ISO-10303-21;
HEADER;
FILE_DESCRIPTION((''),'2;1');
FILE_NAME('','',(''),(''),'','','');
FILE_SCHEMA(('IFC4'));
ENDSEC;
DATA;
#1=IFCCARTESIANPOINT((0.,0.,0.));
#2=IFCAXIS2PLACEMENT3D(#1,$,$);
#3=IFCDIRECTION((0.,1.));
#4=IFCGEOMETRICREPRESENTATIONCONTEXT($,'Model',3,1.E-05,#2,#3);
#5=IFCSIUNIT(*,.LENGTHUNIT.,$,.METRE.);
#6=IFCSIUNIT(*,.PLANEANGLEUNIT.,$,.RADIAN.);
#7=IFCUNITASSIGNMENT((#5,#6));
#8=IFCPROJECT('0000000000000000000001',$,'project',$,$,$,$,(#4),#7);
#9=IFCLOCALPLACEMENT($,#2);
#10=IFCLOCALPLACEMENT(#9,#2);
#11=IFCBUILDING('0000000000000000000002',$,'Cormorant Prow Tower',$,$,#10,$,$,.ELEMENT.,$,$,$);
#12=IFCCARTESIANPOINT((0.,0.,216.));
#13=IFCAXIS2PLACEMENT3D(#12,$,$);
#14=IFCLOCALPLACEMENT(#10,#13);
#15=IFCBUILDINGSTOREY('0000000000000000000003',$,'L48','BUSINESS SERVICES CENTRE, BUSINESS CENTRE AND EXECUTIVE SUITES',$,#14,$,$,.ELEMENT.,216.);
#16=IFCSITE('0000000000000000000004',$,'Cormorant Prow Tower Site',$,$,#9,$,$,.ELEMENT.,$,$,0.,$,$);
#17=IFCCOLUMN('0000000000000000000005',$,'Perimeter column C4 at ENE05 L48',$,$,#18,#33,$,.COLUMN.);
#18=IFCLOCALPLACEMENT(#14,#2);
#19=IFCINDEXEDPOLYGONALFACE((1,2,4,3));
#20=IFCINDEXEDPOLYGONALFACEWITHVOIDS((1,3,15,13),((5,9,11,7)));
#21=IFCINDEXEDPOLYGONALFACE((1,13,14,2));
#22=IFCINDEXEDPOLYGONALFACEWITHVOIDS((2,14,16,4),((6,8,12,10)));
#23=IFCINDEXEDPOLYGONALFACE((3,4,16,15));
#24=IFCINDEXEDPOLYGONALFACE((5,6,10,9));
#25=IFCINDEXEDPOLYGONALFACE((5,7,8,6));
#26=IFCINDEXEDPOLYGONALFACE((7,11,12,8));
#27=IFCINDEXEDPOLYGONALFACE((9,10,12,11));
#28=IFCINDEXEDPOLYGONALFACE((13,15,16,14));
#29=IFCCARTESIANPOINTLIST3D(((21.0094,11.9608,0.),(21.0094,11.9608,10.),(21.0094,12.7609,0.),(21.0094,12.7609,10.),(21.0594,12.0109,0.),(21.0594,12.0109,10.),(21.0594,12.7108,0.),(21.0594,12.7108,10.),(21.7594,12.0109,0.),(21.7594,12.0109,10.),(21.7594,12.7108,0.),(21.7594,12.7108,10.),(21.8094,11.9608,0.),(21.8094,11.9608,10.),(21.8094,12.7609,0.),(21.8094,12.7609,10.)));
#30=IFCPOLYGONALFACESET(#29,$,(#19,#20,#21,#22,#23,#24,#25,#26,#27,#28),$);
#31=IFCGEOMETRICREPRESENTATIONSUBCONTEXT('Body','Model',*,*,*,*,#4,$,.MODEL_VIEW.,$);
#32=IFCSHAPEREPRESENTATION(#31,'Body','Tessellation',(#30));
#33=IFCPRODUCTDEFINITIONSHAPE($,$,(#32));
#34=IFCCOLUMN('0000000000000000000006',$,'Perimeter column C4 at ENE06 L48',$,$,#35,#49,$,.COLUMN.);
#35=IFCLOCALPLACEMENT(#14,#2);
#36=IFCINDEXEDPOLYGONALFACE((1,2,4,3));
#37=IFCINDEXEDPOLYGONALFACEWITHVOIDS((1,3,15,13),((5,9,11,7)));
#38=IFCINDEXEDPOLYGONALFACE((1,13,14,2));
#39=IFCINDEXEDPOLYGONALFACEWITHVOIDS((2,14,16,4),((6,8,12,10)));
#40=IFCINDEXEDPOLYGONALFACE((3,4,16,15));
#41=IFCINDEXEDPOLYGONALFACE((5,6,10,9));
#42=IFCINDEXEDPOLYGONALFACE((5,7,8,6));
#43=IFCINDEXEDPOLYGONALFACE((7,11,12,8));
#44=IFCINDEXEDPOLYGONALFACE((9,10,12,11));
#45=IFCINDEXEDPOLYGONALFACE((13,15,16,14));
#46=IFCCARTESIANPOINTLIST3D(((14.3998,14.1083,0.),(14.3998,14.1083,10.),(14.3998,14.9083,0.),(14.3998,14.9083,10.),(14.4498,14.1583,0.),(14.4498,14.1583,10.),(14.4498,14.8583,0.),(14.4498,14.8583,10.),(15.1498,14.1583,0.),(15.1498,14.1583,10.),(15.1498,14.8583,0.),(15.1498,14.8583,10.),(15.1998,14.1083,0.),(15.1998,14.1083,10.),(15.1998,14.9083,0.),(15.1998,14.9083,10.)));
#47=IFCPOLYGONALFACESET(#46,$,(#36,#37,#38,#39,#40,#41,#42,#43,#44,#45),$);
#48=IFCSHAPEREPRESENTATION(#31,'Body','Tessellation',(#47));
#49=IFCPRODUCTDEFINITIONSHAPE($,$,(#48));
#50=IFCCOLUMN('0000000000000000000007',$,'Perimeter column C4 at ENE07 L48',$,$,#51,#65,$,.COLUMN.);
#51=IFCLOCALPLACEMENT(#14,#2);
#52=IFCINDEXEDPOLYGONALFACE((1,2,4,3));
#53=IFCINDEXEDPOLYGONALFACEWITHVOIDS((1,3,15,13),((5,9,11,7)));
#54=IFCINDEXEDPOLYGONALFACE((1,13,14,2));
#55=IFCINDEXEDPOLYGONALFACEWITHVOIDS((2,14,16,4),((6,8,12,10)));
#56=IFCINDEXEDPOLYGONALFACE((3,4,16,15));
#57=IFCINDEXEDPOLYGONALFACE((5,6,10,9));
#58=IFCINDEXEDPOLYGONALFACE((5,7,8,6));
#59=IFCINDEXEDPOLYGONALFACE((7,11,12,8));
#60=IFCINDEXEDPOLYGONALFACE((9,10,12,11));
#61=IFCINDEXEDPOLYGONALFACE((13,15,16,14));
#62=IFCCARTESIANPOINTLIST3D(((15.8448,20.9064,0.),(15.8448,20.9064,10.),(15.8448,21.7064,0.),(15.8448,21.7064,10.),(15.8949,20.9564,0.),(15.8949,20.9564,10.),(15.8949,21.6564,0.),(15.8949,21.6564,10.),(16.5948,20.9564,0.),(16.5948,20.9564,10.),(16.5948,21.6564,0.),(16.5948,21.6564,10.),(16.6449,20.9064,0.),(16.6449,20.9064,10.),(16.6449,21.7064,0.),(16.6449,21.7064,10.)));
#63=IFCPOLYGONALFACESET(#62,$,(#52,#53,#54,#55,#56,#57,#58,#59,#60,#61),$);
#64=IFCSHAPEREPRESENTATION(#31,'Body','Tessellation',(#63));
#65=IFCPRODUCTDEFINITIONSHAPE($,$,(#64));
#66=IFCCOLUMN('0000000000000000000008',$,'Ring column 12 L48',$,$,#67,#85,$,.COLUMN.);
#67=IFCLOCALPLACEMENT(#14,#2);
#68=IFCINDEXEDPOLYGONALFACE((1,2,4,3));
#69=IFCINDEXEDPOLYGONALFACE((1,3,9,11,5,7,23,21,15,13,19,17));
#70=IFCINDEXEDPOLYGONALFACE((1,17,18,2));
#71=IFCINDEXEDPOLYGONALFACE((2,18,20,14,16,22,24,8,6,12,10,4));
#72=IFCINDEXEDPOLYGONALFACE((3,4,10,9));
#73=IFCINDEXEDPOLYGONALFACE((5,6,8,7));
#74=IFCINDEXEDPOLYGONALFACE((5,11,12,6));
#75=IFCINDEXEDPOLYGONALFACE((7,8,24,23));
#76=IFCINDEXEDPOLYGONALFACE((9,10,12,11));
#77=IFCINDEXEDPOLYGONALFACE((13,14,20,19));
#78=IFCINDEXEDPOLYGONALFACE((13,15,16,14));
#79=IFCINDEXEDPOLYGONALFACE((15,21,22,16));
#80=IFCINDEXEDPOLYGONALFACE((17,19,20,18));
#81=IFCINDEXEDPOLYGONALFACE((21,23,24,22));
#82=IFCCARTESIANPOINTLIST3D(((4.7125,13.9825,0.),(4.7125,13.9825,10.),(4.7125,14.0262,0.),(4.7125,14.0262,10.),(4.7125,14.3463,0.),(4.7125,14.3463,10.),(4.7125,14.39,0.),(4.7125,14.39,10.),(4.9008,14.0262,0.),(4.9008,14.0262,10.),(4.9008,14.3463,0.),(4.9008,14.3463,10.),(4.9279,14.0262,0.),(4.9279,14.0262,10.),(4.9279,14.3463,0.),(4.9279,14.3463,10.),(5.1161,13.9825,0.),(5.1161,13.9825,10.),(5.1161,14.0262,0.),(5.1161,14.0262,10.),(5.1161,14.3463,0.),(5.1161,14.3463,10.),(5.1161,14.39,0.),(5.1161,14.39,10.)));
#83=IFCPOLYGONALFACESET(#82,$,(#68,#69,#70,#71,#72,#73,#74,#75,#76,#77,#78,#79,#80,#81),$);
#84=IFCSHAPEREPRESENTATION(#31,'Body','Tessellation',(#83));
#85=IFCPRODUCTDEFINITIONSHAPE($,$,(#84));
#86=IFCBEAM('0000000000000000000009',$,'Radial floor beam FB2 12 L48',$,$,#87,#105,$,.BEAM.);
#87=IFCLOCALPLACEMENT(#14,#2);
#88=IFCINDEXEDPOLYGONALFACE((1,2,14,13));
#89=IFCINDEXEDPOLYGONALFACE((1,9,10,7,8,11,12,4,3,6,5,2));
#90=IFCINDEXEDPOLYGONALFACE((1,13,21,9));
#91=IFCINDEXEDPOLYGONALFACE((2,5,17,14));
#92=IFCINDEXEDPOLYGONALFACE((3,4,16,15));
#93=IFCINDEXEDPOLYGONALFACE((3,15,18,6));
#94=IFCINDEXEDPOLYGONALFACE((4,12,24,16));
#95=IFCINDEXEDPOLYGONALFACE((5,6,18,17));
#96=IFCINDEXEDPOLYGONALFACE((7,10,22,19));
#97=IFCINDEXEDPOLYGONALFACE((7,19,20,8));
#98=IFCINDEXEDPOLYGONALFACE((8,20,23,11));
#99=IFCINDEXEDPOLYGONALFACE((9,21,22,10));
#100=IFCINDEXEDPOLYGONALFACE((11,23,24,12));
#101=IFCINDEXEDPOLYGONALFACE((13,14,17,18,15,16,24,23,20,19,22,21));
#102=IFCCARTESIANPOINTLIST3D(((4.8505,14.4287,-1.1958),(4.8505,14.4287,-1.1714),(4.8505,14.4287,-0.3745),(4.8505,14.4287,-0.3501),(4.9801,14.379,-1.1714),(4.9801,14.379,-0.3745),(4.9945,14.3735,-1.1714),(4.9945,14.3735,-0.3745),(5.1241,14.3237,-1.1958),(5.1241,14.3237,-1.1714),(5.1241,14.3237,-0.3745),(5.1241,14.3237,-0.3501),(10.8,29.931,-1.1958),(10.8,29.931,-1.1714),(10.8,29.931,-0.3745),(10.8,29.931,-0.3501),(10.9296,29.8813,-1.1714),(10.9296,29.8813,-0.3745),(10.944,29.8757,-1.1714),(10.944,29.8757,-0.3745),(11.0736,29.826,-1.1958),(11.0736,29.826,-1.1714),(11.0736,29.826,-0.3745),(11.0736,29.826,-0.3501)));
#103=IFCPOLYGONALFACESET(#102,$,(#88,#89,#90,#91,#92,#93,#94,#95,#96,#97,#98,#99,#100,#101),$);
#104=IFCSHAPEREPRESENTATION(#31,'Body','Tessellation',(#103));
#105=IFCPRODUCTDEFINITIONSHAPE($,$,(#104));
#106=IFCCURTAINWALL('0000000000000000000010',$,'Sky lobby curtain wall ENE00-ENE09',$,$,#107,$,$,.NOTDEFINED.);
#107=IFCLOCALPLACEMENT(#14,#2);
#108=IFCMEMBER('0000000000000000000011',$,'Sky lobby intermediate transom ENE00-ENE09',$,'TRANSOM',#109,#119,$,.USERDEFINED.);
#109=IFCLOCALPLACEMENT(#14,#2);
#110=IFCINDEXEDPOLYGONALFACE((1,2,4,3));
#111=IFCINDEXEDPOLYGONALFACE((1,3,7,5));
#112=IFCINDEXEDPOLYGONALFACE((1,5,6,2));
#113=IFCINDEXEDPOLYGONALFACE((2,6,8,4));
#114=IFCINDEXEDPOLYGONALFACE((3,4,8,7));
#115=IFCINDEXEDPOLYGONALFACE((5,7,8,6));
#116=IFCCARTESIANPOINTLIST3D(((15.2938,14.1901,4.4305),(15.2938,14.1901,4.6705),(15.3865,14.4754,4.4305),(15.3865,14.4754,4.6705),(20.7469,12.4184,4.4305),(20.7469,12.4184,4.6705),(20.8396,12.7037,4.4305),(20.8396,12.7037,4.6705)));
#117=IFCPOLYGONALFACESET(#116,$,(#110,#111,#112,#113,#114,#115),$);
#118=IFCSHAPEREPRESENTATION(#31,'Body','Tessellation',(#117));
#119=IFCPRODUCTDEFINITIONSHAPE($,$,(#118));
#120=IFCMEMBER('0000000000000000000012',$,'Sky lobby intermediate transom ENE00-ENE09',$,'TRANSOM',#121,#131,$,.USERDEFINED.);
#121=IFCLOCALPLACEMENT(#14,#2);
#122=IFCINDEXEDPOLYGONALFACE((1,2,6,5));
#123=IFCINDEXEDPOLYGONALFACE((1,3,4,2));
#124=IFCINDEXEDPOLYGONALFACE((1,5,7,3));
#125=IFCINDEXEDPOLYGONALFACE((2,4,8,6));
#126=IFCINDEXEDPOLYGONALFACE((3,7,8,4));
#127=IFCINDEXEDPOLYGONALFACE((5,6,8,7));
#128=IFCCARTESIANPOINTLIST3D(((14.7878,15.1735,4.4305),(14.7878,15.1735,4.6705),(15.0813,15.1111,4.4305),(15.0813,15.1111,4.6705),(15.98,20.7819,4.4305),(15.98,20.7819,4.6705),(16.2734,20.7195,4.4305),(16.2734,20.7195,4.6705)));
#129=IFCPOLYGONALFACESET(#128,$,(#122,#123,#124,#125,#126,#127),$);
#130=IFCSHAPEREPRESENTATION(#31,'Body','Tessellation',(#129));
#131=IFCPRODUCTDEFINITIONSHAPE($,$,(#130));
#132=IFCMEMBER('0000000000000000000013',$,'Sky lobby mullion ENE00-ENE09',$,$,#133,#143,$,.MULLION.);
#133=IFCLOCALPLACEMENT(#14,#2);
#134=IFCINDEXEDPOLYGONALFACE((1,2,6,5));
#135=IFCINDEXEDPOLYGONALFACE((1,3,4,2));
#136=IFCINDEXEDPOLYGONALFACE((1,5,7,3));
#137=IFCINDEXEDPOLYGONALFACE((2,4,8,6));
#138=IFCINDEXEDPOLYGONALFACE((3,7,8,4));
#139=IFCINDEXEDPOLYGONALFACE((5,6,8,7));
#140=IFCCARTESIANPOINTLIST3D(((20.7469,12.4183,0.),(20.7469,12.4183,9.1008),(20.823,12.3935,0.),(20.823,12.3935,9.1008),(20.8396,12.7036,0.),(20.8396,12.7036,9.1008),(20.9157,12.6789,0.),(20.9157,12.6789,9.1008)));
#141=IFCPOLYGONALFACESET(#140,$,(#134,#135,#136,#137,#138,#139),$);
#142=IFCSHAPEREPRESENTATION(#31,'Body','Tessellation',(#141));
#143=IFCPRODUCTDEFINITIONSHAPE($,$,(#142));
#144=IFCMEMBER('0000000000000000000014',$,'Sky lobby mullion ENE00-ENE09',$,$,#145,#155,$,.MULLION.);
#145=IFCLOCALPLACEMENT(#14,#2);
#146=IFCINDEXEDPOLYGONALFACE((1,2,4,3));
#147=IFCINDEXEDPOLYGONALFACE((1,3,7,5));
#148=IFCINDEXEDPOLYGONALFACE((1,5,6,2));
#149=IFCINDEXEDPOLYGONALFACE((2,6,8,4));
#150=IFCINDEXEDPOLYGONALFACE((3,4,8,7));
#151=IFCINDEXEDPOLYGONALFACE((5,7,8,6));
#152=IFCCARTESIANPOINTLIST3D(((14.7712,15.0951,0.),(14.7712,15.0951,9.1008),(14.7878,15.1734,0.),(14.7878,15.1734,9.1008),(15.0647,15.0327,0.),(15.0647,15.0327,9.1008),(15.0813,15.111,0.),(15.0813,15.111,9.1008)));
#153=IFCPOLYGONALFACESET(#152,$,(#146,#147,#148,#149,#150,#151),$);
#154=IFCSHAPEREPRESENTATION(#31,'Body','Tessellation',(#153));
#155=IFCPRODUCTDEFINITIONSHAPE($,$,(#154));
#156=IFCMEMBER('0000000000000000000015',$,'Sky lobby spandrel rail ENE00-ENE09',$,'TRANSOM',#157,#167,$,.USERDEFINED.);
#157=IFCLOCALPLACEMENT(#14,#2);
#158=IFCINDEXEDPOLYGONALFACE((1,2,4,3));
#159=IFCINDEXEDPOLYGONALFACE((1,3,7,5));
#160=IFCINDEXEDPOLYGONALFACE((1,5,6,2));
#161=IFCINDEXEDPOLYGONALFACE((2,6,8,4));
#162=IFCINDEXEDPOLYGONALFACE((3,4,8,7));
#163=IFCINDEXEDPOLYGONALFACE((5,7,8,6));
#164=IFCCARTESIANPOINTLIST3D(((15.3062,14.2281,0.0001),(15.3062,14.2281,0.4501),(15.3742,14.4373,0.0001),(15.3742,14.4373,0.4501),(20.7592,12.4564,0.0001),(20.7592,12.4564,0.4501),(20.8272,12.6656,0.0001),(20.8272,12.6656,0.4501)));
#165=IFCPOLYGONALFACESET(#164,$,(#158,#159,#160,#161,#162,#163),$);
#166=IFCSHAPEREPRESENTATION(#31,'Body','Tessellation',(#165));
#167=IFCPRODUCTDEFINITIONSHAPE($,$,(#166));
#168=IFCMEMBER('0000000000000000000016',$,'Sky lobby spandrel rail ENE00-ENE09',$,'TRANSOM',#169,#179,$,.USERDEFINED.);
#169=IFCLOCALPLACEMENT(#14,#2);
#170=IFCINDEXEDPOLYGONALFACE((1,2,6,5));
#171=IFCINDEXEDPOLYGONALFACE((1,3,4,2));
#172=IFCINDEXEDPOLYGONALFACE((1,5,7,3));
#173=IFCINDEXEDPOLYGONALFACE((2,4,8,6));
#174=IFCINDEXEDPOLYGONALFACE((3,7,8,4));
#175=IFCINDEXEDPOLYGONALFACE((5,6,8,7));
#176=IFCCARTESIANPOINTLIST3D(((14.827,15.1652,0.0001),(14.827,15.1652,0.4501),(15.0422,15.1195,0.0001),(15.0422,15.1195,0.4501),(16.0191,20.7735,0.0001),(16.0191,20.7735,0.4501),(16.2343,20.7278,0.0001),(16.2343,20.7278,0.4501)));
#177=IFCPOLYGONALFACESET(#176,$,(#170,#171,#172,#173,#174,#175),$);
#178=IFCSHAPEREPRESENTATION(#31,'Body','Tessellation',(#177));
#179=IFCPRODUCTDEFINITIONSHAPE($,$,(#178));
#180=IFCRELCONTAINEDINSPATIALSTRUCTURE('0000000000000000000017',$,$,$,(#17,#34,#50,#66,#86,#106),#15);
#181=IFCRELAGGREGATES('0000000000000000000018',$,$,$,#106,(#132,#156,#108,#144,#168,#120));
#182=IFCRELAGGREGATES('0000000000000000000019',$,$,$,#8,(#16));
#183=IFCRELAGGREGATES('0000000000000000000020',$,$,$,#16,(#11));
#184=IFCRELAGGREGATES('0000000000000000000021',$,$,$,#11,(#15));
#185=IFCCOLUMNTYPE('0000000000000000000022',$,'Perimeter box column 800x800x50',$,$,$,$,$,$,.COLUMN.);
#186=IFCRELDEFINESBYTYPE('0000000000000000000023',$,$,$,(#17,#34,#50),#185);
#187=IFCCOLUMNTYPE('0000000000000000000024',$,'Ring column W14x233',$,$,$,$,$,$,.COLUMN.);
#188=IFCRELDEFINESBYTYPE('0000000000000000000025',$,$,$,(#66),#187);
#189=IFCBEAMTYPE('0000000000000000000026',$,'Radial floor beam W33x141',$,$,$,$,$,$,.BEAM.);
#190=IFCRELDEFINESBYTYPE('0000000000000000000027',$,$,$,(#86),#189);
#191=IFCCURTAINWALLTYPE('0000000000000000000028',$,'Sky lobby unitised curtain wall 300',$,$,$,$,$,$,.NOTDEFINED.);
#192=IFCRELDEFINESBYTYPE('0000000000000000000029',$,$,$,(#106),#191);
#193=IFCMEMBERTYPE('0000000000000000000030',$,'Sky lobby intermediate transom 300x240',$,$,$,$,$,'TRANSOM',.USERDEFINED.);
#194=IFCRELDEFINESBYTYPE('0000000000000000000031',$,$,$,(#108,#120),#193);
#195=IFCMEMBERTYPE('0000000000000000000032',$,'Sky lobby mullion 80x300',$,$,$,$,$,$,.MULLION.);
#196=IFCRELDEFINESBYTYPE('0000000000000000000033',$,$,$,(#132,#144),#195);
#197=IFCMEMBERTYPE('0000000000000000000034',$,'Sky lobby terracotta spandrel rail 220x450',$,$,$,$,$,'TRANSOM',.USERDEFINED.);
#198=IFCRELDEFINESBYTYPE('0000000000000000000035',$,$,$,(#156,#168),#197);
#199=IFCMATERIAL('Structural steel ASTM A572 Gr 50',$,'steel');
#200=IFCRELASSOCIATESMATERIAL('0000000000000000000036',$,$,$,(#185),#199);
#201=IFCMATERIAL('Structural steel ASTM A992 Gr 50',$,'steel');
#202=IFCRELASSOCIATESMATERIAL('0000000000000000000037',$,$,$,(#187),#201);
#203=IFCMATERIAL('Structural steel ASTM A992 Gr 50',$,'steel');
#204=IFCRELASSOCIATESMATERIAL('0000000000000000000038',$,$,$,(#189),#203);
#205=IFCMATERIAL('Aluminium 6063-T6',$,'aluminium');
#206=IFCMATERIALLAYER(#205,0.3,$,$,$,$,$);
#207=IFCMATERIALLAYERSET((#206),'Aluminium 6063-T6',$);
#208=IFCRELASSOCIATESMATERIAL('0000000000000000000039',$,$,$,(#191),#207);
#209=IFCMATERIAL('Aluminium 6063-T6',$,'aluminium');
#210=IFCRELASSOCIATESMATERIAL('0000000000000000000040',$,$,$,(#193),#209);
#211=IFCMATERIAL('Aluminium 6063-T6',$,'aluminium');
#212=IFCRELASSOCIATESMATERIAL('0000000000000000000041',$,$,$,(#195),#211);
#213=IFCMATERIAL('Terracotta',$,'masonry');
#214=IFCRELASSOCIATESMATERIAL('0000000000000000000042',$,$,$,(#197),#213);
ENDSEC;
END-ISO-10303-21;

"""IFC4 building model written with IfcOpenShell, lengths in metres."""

from ifc_helpers import new_model, si_unit, direction, frame, origin, origin_2d, place, context, subcontext, project, spatial, rectangle, hollow_rectangle, i_section, extrude, material, layer, layer_set, material_profile, profile_set, type_object, element, aggregate, save


model = new_model("IFC4")

# Units and contexts
model_context = context("Model", 3, precision=1e-05, world=origin(), true_north=direction((0.0, 1.0)))
body_context = subcontext(model_context, "Body", "Model", "MODEL_VIEW")
ifc_project = project(units=[si_unit("LENGTHUNIT", "METRE"), si_unit("PLANEANGLEUNIT", "RADIAN")], contexts=[model_context])

# Site, building, storey
site_placement = place(None, origin())
site = spatial("IfcSite", under=ifc_project, at=site_placement, Name="Cormorant Prow Tower Site", CompositionType="ELEMENT", RefElevation=0.0)
building_placement = place(site_placement, origin())
building = spatial("IfcBuilding", under=site, at=building_placement, Name="Cormorant Prow Tower", CompositionType="ELEMENT")
storey_placement = place(building_placement, frame((0.0, 0.0, 216.0)))
storey = spatial("IfcBuildingStorey", under=building, at=storey_placement, Name="L48", Description="BUSINESS SERVICES CENTRE, BUSINESS CENTRE AND EXECUTIVE SUITES", CompositionType="ELEMENT", Elevation=216.0)

# Columns
ifc_material_1 = material(Name="Structural steel ASTM A572 Gr 50", Category="steel")
ifc_material_profile_1 = material_profile(ifc_material_1, hollow_rectangle(XDim=0.8, YDim=0.8, WallThickness=0.05, at=origin_2d()), Name="Box 800x800x50")
ifc_profile_set_1 = profile_set([ifc_material_profile_1], Name="Structural steel ASTM A572 Gr 50")
column_type_1 = type_object("IfcColumnType", Name="Perimeter box column 800x800x50", PredefinedType="COLUMN", material=ifc_profile_set_1)
for number, where, z_axis, x_axis, name in (
    (1, (21.4094, 12.3608, 0.0), (0.0, 0.0, 1.0), (1.0, 0.0, 0.0), "Perimeter column C4 at ENE05 L48"),
    (2, (14.7998, 14.5083, 0.0), (0.0, 0.0, 1.0), (1.0, 0.0, 0.0), "Perimeter column C4 at ENE06 L48"),
    (3, (16.2449, 21.3064, 0.0), (0.0, 0.0, 1.0), (1.0, 0.0, 0.0), "Perimeter column C4 at ENE07 L48"),
):
    element("IfcColumn", number, at=place(storey_placement, frame(where, z_axis=z_axis, x_axis=x_axis)), inside=storey, type_object=column_type_1, Name=name, PredefinedType="COLUMN", context=body_context, shape_type="SweptSolid", body=[
        extrude(hollow_rectangle(XDim=0.8, YDim=0.8, WallThickness=0.05, at=origin_2d()), origin(), (0.0, 0.0, 1.0), 10.0),
    ])
ifc_material_2 = material(Name="Structural steel ASTM A992 Gr 50", Category="steel")
ifc_material_profile_2 = material_profile(ifc_material_2, i_section(OverallWidth=0.4036, OverallDepth=0.4075, WebThickness=0.0271, FlangeThickness=0.0437, at=origin_2d()), Name="W14x233")
ifc_profile_set_2 = profile_set([ifc_material_profile_2], Name="Structural steel ASTM A992 Gr 50")
column_type_2 = type_object("IfcColumnType", Name="Ring column W14x233", PredefinedType="COLUMN", material=ifc_profile_set_2)
column_placement = place(storey_placement, frame((4.9143, 14.1863, 0.0), z_axis=(0.0, 0.0, 1.0), x_axis=(1.0, 0.0, 0.0)))
element("IfcColumn", 4, at=column_placement, inside=storey, type_object=column_type_2, Name="Ring column 12 L48", PredefinedType="COLUMN", context=body_context, shape_type="SweptSolid", body=[
    extrude(i_section(OverallWidth=0.4036, OverallDepth=0.4075, WebThickness=0.0271, FlangeThickness=0.0437, at=origin_2d()), origin(), (0.0, 0.0, 1.0), 10.0),
])

# Beam
ifc_material_3 = material(Name="Structural steel ASTM A992 Gr 50", Category="steel")
ifc_material_profile_3 = material_profile(ifc_material_3, i_section(OverallWidth=0.293, OverallDepth=0.8457, WebThickness=0.0154, FlangeThickness=0.0244, at=origin_2d()), Name="W33x141")
ifc_profile_set_3 = profile_set([ifc_material_profile_3], Name="Structural steel ASTM A992 Gr 50")
beam_type_1 = type_object("IfcBeamType", Name="Radial floor beam W33x141", PredefinedType="BEAM", material=ifc_profile_set_3)
beam_1_placement = place(storey_placement, frame((4.9873, 14.3762, -0.7729), z_axis=(0.358301, 0.933606, 0.0), x_axis=(-0.933606, 0.358301, 0.0)))
element("IfcBeam", 5, at=beam_1_placement, inside=storey, type_object=beam_type_1, Name="Radial floor beam FB2 12 L48", PredefinedType="BEAM", context=body_context, shape_type="SweptSolid", body=[
    extrude(i_section(OverallWidth=0.293, OverallDepth=0.8457, WebThickness=0.0154, FlangeThickness=0.0244, at=origin_2d()), origin(), (0.0, 0.0, 1.0), 16.6047),
])

# Curtain wall, members
ifc_material_4 = material(Name="Aluminium 6063-T6", Category="aluminium")
ifc_layer_1 = layer(ifc_material_4, 0.3)
ifc_layer_set_1 = layer_set([ifc_layer_1], Name="Aluminium 6063-T6")
curtain_wall_type = type_object("IfcCurtainWallType", Name="Sky lobby unitised curtain wall 300", PredefinedType="NOTDEFINED", material=ifc_layer_set_1)
curtain_wall_placement = place(storey_placement, origin())
curtain_wall = element("IfcCurtainWall", 6, at=curtain_wall_placement, inside=storey, type_object=curtain_wall_type, Name="Sky lobby curtain wall ENE00-ENE09", PredefinedType="NOTDEFINED")
ifc_material_5 = material(Name="Aluminium 6063-T6", Category="aluminium")
ifc_material_profile_4 = material_profile(ifc_material_5, rectangle(XDim=0.3, YDim=0.24, at=origin_2d()), Name="Sky lobby intermediate transom 300x240")
ifc_profile_set_4 = profile_set([ifc_material_profile_4], Name="Aluminium 6063-T6")
member_type_1 = type_object("IfcMemberType", Name="Sky lobby intermediate transom 300x240", ElementType="TRANSOM", PredefinedType="USERDEFINED", material=ifc_profile_set_4)
member_1_placement = place(storey_placement, frame((20.7932, 12.561, 4.5505), z_axis=(-0.951062, 0.309001, 0.0), x_axis=(-0.309001, -0.951062, 0.0)))
member_1 = element("IfcMember", 7, at=member_1_placement, type_object=member_type_1, Name="Sky lobby intermediate transom ENE00-ENE09", ObjectType="TRANSOM", PredefinedType="USERDEFINED", context=body_context, shape_type="SweptSolid", body=[
    extrude(rectangle(XDim=0.3, YDim=0.24, at=origin_2d()), origin(), (0.0, 0.0, 1.0), 5.7336),
])
member_2_placement = place(storey_placement, frame((14.9346, 15.1423, 4.5505), z_axis=(0.207918, 0.978146, 0.0), x_axis=(-0.978146, 0.207918, 0.0)))
member_2 = element("IfcMember", 8, at=member_2_placement, type_object=member_type_1, Name="Sky lobby intermediate transom ENE00-ENE09", ObjectType="TRANSOM", PredefinedType="USERDEFINED", context=body_context, shape_type="SweptSolid", body=[
    extrude(rectangle(XDim=0.3, YDim=0.24, at=origin_2d()), origin(), (0.0, 0.0, 1.0), 5.7336),
])
ifc_material_6 = material(Name="Aluminium 6063-T6", Category="aluminium")
ifc_material_profile_5 = material_profile(ifc_material_6, rectangle(XDim=0.3, YDim=0.0801, at=origin_2d()), Name="Sky lobby mullion 80x300")
ifc_profile_set_5 = profile_set([ifc_material_profile_5], Name="Aluminium 6063-T6")
member_type_2 = type_object("IfcMemberType", Name="Sky lobby mullion 80x300", PredefinedType="MULLION", material=ifc_profile_set_5)
member_3_placement = place(storey_placement, frame((20.8313, 12.5486, 0.0), z_axis=(0.0, 0.0, 1.0), x_axis=(-0.309017, -0.951057, 0.0)))
member_3 = element("IfcMember", 9, at=member_3_placement, type_object=member_type_2, Name="Sky lobby mullion ENE00-ENE09", PredefinedType="MULLION", context=body_context, shape_type="SweptSolid", body=[
    extrude(rectangle(XDim=0.3, YDim=0.0801, at=origin_2d()), origin(), (0.0, 0.0, 1.0), 9.1008),
])
member_4_placement = place(storey_placement, frame((14.9263, 15.103, 0.0), z_axis=(0.0, 0.0, 1.0), x_axis=(-0.978148, 0.207912, 0.0)))
member_4 = element("IfcMember", 10, at=member_4_placement, type_object=member_type_2, Name="Sky lobby mullion ENE00-ENE09", PredefinedType="MULLION", context=body_context, shape_type="SweptSolid", body=[
    extrude(rectangle(XDim=0.3, YDim=0.0801, at=origin_2d()), origin(), (0.0, 0.0, 1.0), 9.1008),
])
ifc_material_7 = material(Name="Terracotta", Category="masonry")
ifc_material_profile_6 = material_profile(ifc_material_7, rectangle(XDim=0.22, YDim=0.45, at=origin_2d()), Name="Sky lobby terracotta spandrel rail 220x450")
ifc_profile_set_6 = profile_set([ifc_material_profile_6], Name="Terracotta")
member_type_3 = type_object("IfcMemberType", Name="Sky lobby terracotta spandrel rail 220x450", ElementType="TRANSOM", PredefinedType="USERDEFINED", material=ifc_profile_set_6)
member_5_placement = place(storey_placement, frame((20.7932, 12.561, 0.2251), z_axis=(-0.951062, 0.309001, 0.0), x_axis=(-0.309001, -0.951062, 0.0)))
member_5 = element("IfcMember", 11, at=member_5_placement, type_object=member_type_3, Name="Sky lobby spandrel rail ENE00-ENE09", ObjectType="TRANSOM", PredefinedType="USERDEFINED", context=body_context, shape_type="SweptSolid", body=[
    extrude(rectangle(XDim=0.22, YDim=0.45, at=origin_2d()), origin(), (0.0, 0.0, 1.0), 5.7336),
])
member_6_placement = place(storey_placement, frame((14.9346, 15.1423, 0.2251), z_axis=(0.207918, 0.978146, 0.0), x_axis=(-0.978146, 0.207918, 0.0)))
member_6 = element("IfcMember", 12, at=member_6_placement, type_object=member_type_3, Name="Sky lobby spandrel rail ENE00-ENE09", ObjectType="TRANSOM", PredefinedType="USERDEFINED", context=body_context, shape_type="SweptSolid", body=[
    extrude(rectangle(XDim=0.22, YDim=0.45, at=origin_2d()), origin(), (0.0, 0.0, 1.0), 5.7336),
])

aggregate(curtain_wall, [member_3, member_5, member_1, member_4, member_6, member_2])

save(model, "model.ifc")
